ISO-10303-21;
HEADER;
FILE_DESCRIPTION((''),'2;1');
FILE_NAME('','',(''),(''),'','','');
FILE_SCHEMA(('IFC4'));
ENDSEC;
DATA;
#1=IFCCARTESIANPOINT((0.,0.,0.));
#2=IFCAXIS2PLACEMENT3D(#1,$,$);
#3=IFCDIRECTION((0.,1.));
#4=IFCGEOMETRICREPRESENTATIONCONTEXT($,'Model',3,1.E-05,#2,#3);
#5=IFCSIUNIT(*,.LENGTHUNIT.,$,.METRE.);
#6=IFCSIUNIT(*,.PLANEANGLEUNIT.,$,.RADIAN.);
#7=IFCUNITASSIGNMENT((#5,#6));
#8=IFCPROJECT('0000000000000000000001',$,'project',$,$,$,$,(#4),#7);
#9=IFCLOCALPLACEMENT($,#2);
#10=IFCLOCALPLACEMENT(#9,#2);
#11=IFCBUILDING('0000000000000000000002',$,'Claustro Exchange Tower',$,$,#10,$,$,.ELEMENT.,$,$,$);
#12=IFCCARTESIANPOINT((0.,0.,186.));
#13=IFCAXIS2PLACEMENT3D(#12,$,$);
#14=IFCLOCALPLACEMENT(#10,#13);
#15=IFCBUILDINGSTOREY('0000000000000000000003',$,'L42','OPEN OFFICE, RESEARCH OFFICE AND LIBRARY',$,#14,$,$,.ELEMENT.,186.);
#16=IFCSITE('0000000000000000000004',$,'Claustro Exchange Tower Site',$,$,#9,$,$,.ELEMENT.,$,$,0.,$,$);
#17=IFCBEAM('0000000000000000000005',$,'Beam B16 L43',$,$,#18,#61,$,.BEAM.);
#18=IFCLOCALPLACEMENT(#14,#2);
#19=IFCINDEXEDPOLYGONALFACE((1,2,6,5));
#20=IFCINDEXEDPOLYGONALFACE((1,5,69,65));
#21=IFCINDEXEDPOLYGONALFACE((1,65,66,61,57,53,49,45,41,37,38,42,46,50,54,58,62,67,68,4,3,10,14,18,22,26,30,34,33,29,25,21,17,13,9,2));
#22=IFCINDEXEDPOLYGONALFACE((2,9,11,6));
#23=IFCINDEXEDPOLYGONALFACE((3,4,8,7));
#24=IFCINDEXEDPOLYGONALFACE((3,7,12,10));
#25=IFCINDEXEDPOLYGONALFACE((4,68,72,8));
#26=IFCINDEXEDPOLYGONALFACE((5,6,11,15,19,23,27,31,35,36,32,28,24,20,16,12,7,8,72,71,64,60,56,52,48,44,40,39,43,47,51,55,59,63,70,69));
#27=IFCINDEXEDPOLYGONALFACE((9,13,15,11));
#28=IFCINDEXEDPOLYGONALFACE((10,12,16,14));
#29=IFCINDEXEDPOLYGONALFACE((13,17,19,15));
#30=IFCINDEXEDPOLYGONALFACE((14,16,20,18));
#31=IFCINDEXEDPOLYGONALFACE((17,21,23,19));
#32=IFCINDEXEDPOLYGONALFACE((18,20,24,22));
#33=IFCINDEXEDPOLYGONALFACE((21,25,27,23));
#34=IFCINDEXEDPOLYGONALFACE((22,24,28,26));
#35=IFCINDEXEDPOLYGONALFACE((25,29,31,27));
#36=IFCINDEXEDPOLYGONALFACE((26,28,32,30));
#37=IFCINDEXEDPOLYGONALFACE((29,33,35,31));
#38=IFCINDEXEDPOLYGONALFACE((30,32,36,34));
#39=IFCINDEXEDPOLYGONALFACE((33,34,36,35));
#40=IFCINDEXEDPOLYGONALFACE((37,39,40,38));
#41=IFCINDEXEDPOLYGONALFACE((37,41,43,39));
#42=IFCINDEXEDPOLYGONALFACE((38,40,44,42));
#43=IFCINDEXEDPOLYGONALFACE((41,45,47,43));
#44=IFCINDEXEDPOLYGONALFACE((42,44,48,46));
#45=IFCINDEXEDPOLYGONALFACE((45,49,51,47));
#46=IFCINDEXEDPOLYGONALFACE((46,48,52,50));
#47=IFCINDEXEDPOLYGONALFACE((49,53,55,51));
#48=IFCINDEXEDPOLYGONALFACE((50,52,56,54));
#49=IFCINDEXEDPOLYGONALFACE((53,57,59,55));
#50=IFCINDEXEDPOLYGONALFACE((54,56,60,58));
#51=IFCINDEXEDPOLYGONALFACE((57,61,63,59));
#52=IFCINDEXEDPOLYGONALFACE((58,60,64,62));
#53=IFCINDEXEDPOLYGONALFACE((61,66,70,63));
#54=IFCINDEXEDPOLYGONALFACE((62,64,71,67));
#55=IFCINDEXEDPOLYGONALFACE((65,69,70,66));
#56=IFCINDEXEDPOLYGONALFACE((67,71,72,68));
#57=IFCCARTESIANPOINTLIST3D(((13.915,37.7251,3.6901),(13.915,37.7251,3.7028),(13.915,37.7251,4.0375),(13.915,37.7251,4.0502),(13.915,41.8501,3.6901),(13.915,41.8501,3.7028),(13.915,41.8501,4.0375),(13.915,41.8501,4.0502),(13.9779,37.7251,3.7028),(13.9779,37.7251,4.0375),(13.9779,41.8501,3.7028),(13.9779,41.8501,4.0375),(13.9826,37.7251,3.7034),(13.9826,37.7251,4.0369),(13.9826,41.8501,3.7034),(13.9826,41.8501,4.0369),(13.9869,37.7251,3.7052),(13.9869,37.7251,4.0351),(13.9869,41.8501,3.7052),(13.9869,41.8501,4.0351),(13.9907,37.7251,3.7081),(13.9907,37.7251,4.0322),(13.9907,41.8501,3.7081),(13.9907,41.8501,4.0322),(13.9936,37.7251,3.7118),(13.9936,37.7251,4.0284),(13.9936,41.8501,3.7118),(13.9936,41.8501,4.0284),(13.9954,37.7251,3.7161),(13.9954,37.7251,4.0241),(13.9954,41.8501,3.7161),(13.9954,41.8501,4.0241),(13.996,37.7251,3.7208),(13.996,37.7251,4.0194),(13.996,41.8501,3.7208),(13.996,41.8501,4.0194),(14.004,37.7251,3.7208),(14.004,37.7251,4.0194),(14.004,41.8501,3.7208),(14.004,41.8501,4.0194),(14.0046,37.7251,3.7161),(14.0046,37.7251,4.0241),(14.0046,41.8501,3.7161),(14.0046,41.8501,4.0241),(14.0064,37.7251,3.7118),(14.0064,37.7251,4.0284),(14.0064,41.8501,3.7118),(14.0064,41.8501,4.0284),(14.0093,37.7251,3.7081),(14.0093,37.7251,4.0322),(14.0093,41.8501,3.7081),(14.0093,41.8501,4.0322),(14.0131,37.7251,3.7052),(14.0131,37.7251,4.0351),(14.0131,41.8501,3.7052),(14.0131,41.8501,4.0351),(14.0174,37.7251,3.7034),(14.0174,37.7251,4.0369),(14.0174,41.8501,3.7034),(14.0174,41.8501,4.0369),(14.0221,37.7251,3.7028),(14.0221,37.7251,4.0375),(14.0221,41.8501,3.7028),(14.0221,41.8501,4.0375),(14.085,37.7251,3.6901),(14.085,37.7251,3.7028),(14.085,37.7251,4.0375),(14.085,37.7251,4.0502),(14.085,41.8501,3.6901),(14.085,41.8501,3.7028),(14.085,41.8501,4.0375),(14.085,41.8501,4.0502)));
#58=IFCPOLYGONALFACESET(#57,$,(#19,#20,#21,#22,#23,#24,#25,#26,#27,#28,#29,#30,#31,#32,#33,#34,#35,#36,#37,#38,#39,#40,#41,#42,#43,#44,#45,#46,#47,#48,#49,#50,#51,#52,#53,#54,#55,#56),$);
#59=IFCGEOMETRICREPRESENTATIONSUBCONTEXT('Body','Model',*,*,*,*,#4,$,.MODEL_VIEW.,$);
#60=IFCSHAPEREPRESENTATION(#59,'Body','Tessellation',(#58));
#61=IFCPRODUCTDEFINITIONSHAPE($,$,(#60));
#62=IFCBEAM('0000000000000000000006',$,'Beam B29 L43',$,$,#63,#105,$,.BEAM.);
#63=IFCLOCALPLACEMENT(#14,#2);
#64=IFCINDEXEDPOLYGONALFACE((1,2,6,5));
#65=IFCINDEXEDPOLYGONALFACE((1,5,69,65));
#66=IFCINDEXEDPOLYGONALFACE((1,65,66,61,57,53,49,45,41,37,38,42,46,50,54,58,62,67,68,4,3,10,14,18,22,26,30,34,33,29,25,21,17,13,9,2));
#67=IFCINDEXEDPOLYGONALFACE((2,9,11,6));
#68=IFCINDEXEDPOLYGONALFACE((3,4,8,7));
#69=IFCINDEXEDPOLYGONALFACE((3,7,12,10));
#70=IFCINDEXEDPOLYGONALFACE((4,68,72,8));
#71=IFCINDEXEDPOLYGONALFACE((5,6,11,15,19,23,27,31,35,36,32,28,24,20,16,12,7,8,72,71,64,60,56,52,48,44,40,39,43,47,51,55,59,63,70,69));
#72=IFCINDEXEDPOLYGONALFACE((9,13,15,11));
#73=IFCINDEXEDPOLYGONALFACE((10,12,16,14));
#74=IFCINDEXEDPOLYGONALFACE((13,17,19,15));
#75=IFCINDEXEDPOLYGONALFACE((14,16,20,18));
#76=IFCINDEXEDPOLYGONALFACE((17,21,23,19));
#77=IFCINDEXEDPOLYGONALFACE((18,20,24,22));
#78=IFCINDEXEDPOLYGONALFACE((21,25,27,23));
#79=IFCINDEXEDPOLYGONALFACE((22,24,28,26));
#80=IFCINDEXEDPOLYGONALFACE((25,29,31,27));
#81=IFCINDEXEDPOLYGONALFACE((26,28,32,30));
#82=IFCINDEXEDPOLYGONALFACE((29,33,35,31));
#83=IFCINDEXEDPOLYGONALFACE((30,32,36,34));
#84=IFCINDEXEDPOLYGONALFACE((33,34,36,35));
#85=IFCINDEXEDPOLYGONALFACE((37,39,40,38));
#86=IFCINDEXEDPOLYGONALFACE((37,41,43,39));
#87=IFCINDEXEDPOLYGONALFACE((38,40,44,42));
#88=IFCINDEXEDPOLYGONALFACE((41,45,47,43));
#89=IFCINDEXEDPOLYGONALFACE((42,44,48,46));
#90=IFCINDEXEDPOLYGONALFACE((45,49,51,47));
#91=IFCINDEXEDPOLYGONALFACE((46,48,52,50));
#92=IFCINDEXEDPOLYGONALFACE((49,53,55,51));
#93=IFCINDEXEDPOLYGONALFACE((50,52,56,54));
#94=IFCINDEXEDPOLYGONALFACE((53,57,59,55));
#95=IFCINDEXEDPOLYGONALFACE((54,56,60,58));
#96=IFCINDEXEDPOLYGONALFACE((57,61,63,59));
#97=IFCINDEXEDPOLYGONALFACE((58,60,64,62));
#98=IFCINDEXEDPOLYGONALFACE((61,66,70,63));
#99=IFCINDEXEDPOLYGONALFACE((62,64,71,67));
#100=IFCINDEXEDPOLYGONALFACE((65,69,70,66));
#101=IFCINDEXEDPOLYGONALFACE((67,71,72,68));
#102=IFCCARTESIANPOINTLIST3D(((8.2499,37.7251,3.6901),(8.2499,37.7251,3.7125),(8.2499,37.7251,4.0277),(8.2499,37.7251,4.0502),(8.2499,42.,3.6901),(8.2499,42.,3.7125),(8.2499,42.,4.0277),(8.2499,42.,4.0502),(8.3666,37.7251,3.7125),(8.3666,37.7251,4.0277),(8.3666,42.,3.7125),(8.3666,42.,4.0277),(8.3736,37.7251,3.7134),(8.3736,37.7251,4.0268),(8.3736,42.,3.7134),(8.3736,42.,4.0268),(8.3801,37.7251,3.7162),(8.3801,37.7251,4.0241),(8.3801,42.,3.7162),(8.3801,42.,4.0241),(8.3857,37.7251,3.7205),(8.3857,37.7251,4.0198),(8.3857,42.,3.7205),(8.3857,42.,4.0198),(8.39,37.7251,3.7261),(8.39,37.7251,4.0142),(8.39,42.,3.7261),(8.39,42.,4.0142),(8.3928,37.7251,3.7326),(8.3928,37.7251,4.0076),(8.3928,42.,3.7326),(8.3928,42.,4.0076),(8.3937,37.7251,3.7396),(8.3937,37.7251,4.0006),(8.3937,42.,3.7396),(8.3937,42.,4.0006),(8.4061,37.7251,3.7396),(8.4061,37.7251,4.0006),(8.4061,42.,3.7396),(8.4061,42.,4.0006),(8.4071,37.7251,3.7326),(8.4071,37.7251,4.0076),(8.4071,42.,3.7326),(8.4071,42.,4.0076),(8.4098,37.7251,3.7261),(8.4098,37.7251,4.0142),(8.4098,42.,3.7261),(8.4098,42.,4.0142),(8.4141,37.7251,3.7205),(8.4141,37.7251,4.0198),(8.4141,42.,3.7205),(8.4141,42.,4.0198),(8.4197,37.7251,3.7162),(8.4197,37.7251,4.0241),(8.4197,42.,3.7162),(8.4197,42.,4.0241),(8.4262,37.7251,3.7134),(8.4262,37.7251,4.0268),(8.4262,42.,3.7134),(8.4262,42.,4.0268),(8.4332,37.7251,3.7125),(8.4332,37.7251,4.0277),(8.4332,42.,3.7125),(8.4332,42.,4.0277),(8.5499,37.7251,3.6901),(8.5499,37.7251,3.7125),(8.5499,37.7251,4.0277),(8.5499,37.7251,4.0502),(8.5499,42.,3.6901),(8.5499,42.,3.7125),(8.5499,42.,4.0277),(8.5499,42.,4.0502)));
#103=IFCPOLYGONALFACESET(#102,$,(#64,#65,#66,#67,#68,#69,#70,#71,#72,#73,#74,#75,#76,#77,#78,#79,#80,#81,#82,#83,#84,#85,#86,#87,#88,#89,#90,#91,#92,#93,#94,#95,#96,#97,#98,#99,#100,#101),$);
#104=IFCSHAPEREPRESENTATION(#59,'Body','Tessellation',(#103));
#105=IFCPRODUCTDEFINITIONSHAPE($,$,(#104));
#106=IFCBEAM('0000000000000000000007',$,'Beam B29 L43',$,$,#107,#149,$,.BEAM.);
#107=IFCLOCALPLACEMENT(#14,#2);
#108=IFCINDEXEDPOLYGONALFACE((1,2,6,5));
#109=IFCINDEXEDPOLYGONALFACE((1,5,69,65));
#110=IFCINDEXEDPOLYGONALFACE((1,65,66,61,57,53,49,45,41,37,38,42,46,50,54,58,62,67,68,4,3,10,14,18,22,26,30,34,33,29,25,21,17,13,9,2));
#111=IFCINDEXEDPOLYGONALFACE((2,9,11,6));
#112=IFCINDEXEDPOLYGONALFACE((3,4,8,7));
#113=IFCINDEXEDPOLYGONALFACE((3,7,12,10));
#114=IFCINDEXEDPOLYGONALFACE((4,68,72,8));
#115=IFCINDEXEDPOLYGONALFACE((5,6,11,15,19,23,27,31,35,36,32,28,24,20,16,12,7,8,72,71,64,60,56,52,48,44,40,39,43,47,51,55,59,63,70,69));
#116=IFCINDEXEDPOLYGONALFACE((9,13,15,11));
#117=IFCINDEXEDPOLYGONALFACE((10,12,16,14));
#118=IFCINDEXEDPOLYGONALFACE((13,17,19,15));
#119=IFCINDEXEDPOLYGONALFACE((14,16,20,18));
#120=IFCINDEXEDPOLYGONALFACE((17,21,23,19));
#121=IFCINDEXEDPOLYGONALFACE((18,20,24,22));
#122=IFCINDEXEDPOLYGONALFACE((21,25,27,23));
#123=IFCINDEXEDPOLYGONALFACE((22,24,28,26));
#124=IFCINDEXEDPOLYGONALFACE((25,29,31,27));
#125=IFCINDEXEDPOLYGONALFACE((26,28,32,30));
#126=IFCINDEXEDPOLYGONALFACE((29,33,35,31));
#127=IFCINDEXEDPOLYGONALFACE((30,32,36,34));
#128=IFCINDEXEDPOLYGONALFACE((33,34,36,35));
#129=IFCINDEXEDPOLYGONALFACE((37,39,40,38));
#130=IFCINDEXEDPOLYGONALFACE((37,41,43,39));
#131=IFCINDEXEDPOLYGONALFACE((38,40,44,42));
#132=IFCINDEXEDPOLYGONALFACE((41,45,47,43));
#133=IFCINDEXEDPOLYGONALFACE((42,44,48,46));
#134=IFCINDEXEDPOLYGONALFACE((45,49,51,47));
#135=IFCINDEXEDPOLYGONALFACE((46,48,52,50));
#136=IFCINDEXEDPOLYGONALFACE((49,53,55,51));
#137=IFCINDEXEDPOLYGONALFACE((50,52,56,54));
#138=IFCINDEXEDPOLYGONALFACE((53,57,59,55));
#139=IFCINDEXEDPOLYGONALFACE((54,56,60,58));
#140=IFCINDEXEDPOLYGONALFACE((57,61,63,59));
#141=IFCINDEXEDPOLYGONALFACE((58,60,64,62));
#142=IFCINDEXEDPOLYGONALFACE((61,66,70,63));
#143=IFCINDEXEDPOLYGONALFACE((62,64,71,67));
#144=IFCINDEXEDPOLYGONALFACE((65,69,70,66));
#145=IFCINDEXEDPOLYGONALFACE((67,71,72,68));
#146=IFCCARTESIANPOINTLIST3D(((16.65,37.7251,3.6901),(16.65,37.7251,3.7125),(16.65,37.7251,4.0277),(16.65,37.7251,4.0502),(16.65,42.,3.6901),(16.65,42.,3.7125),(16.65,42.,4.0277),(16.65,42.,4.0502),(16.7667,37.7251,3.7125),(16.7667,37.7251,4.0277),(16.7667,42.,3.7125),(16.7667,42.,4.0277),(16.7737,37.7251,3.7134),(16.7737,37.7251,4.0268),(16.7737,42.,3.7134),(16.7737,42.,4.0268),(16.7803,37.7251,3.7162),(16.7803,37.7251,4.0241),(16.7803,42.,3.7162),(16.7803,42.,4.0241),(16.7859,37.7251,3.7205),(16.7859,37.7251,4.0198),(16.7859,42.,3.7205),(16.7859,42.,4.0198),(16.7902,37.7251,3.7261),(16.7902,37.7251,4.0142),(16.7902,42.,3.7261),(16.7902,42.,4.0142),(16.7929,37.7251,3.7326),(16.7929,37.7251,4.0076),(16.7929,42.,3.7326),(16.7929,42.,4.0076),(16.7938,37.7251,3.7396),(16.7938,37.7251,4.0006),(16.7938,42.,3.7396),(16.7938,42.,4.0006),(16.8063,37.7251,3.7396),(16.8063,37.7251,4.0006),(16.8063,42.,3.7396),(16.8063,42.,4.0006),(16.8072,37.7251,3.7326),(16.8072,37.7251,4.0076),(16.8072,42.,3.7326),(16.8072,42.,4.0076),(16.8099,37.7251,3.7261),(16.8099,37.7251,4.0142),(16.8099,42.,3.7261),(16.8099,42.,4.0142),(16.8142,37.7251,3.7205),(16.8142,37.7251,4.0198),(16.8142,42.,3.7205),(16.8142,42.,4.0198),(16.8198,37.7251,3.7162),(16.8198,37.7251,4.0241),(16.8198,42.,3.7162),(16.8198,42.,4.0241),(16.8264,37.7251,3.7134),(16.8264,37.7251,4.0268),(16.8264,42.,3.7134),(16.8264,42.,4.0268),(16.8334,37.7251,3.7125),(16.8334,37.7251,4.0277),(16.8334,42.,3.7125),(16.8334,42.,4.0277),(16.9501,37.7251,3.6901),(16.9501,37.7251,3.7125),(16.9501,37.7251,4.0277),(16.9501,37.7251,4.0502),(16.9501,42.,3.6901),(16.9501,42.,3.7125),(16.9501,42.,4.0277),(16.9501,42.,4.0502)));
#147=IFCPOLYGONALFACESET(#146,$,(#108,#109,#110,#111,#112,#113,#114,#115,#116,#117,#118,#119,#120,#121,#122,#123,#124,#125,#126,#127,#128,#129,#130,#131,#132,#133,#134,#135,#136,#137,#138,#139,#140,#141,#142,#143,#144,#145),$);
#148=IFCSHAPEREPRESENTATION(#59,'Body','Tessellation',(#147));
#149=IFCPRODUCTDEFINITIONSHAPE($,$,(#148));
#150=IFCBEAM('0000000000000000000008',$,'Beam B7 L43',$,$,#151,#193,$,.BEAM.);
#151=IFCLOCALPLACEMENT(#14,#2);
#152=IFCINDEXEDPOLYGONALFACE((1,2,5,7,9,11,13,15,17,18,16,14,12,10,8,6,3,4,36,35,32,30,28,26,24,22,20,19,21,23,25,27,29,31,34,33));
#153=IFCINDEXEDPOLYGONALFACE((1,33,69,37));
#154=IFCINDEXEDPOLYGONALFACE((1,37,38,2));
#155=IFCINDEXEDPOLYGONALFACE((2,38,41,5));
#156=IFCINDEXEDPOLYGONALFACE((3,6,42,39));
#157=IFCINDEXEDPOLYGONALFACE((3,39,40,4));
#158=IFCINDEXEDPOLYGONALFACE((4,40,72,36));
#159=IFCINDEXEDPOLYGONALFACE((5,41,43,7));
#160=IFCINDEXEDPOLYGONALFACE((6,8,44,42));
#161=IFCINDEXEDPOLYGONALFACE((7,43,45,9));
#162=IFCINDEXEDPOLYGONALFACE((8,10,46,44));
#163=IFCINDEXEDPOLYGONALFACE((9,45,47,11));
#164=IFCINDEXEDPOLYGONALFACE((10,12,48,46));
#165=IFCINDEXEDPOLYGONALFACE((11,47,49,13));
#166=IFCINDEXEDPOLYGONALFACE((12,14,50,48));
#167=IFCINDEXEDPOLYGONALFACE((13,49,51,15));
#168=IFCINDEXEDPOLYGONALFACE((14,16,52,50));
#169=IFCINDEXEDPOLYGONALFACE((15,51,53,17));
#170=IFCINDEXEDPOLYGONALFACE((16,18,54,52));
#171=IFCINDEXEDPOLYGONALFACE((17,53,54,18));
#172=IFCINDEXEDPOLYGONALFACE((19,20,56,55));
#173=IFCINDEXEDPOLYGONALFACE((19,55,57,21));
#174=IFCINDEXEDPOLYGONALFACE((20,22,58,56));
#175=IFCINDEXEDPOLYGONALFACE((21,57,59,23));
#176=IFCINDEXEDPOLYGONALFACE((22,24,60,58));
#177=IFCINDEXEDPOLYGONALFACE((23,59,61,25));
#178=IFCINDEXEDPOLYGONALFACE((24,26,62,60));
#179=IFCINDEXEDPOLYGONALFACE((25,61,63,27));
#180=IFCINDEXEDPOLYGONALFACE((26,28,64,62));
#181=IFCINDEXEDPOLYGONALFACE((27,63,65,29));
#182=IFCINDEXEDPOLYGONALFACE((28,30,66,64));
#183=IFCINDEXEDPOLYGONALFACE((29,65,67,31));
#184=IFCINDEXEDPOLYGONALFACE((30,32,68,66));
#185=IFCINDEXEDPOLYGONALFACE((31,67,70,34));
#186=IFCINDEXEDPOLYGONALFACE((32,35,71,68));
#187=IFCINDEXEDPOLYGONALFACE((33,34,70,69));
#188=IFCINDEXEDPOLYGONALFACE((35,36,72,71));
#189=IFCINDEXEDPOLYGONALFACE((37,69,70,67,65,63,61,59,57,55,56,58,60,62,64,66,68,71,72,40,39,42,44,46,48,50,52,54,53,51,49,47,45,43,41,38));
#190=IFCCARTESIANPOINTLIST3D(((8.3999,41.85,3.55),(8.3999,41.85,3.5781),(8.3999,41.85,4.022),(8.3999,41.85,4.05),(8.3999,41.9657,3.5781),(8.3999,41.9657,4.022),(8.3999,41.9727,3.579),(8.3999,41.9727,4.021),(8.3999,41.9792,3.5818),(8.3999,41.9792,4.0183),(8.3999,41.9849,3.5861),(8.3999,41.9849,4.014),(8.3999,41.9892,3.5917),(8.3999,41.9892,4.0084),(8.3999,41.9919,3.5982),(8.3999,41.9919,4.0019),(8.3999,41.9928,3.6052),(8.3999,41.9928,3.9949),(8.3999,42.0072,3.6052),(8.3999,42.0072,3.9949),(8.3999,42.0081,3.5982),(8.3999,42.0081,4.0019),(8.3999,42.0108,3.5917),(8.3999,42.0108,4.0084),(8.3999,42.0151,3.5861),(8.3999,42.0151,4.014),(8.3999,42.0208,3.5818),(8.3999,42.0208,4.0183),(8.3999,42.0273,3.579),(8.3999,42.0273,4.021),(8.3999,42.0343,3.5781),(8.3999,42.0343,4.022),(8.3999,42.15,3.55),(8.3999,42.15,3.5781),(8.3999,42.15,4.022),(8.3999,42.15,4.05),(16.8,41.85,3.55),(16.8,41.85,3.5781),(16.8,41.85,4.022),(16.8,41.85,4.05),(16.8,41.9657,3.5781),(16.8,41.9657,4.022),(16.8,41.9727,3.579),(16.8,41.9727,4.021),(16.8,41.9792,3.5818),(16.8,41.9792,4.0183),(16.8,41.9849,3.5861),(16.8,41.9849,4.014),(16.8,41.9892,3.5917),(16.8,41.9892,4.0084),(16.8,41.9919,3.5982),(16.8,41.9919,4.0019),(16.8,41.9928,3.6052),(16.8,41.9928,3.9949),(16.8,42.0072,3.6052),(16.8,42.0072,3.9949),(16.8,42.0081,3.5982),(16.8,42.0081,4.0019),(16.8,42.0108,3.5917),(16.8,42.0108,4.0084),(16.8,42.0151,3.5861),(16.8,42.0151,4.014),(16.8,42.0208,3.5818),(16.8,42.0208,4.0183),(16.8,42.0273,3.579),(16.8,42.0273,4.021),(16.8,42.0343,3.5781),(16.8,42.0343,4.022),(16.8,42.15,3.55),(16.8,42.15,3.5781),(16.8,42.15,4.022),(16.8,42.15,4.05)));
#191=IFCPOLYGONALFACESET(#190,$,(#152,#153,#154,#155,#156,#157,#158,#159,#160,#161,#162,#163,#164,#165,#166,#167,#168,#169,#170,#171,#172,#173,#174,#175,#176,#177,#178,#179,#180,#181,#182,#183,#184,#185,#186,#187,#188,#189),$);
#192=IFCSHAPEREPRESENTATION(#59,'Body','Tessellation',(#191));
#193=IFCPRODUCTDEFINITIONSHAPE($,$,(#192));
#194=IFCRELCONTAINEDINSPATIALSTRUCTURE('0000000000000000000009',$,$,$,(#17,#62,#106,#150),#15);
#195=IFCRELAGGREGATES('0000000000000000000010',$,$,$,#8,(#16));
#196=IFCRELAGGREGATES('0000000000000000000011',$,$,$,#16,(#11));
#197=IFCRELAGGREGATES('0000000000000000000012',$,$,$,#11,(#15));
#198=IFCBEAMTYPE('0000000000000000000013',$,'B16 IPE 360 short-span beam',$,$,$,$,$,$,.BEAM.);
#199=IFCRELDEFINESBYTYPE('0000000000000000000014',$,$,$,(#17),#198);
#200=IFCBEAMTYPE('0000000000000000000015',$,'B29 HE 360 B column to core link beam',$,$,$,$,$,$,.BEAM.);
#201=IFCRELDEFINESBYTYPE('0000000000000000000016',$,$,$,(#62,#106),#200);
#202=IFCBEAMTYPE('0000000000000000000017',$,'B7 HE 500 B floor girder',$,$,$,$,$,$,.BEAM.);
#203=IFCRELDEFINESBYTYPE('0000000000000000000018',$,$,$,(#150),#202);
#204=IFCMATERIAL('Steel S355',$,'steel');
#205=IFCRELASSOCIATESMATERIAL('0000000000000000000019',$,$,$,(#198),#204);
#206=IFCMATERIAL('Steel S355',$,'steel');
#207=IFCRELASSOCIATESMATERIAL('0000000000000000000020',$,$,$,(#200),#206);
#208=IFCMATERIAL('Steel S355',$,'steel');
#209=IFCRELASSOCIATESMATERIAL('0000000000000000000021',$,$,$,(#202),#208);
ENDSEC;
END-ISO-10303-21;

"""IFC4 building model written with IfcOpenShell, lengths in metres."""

from ifc_helpers import new_model, si_unit, direction, frame, origin, origin_2d, place, context, subcontext, project, spatial, i_section, extrude, material, material_profile, profile_set, type_object, element, save


model = new_model("IFC4")

# Units and contexts
model_context = context("Model", 3, precision=1e-05, world=origin(), true_north=direction((0.0, 1.0)))
body_context = subcontext(model_context, "Body", "Model", "MODEL_VIEW")
ifc_project = project(units=[si_unit("LENGTHUNIT", "METRE"), si_unit("PLANEANGLEUNIT", "RADIAN")], contexts=[model_context])

# Site, building, storey
site_placement = place(None, origin())
site = spatial("IfcSite", under=ifc_project, at=site_placement, Name="Claustro Exchange Tower Site", CompositionType="ELEMENT", RefElevation=0.0)
building_placement = place(site_placement, origin())
building = spatial("IfcBuilding", under=site, at=building_placement, Name="Claustro Exchange Tower", CompositionType="ELEMENT")
storey_placement = place(building_placement, frame((0.0, 0.0, 186.0)))
storey = spatial("IfcBuildingStorey", under=building, at=storey_placement, Name="L42", Description="OPEN OFFICE, RESEARCH OFFICE AND LIBRARY", CompositionType="ELEMENT", Elevation=186.0)

# Beams
ifc_material_1 = material(Name="Steel S355", Category="steel")
ifc_material_profile_1 = material_profile(ifc_material_1, i_section(OverallWidth=0.1699, OverallDepth=0.3601, WebThickness=0.0081, FlangeThickness=0.0127, FilletRadius=0.0181, at=origin_2d()), Name="IPE 360")
ifc_profile_set_1 = profile_set([ifc_material_profile_1], Name="Steel S355")
beam_type_1 = type_object("IfcBeamType", Name="B16 IPE 360 short-span beam", PredefinedType="BEAM", material=ifc_profile_set_1)
for number, where, z_axis, x_axis, name in (
    (1, (14.0, 37.7251, 3.8701), (0.0, 1.0, 0.0), (-1.0, 0.0, 0.0), "Beam B16 L43"),
):
    element("IfcBeam", number, at=place(storey_placement, frame(where, z_axis=z_axis, x_axis=x_axis)), inside=storey, type_object=beam_type_1, Name=name, PredefinedType="BEAM", context=body_context, shape_type="SweptSolid", body=[
        extrude(i_section(OverallWidth=0.1699, OverallDepth=0.3601, WebThickness=0.0081, FlangeThickness=0.0127, FilletRadius=0.0181, at=origin_2d()), origin(), (0.0, 0.0, 1.0), 4.125),
    ])
ifc_material_2 = material(Name="Steel S355", Category="steel")
ifc_material_profile_2 = material_profile(ifc_material_2, i_section(OverallWidth=0.3, OverallDepth=0.3601, WebThickness=0.0125, FlangeThickness=0.0225, FilletRadius=0.0271, at=origin_2d()), Name="HE 360 B")
ifc_profile_set_2 = profile_set([ifc_material_profile_2], Name="Steel S355")
beam_type_2 = type_object("IfcBeamType", Name="B29 HE 360 B column to core link beam", PredefinedType="BEAM", material=ifc_profile_set_2)
for number, where, z_axis, x_axis, name in (
    (2, (8.3999, 37.7251, 3.8701), (0.0, 1.0, 0.0), (-1.0, 0.0, 0.0), "Beam B29 L43"),
    (3, (16.8, 37.7251, 3.8701), (0.0, 1.0, 0.0), (-1.0, 0.0, 0.0), "Beam B29 L43"),
):
    element("IfcBeam", number, at=place(storey_placement, frame(where, z_axis=z_axis, x_axis=x_axis)), inside=storey, type_object=beam_type_2, Name=name, PredefinedType="BEAM", context=body_context, shape_type="SweptSolid", body=[
        extrude(i_section(OverallWidth=0.3, OverallDepth=0.3601, WebThickness=0.0125, FlangeThickness=0.0225, FilletRadius=0.0271, at=origin_2d()), origin(), (0.0, 0.0, 1.0), 4.2749),
    ])
ifc_material_3 = material(Name="Steel S355", Category="steel")
ifc_material_profile_3 = material_profile(ifc_material_3, i_section(OverallWidth=0.3, OverallDepth=0.5, WebThickness=0.0144, FlangeThickness=0.0281, FilletRadius=0.0271, at=origin_2d()), Name="HE 500 B")
ifc_profile_set_3 = profile_set([ifc_material_profile_3], Name="Steel S355")
beam_type_3 = type_object("IfcBeamType", Name="B7 HE 500 B floor girder", PredefinedType="BEAM", material=ifc_profile_set_3)
beam_1_placement = place(storey_placement, frame((8.3999, 42.0, 3.8), z_axis=(1.0, 0.0, 0.0), x_axis=(0.0, 1.0, 0.0)))
element("IfcBeam", 4, at=beam_1_placement, inside=storey, type_object=beam_type_3, Name="Beam B7 L43", PredefinedType="BEAM", context=body_context, shape_type="SweptSolid", body=[
    extrude(i_section(OverallWidth=0.3, OverallDepth=0.5, WebThickness=0.0144, FlangeThickness=0.0281, FilletRadius=0.0271, at=origin_2d()), origin(), (0.0, 0.0, 1.0), 8.4001),
])

save(model, "model.ifc")
